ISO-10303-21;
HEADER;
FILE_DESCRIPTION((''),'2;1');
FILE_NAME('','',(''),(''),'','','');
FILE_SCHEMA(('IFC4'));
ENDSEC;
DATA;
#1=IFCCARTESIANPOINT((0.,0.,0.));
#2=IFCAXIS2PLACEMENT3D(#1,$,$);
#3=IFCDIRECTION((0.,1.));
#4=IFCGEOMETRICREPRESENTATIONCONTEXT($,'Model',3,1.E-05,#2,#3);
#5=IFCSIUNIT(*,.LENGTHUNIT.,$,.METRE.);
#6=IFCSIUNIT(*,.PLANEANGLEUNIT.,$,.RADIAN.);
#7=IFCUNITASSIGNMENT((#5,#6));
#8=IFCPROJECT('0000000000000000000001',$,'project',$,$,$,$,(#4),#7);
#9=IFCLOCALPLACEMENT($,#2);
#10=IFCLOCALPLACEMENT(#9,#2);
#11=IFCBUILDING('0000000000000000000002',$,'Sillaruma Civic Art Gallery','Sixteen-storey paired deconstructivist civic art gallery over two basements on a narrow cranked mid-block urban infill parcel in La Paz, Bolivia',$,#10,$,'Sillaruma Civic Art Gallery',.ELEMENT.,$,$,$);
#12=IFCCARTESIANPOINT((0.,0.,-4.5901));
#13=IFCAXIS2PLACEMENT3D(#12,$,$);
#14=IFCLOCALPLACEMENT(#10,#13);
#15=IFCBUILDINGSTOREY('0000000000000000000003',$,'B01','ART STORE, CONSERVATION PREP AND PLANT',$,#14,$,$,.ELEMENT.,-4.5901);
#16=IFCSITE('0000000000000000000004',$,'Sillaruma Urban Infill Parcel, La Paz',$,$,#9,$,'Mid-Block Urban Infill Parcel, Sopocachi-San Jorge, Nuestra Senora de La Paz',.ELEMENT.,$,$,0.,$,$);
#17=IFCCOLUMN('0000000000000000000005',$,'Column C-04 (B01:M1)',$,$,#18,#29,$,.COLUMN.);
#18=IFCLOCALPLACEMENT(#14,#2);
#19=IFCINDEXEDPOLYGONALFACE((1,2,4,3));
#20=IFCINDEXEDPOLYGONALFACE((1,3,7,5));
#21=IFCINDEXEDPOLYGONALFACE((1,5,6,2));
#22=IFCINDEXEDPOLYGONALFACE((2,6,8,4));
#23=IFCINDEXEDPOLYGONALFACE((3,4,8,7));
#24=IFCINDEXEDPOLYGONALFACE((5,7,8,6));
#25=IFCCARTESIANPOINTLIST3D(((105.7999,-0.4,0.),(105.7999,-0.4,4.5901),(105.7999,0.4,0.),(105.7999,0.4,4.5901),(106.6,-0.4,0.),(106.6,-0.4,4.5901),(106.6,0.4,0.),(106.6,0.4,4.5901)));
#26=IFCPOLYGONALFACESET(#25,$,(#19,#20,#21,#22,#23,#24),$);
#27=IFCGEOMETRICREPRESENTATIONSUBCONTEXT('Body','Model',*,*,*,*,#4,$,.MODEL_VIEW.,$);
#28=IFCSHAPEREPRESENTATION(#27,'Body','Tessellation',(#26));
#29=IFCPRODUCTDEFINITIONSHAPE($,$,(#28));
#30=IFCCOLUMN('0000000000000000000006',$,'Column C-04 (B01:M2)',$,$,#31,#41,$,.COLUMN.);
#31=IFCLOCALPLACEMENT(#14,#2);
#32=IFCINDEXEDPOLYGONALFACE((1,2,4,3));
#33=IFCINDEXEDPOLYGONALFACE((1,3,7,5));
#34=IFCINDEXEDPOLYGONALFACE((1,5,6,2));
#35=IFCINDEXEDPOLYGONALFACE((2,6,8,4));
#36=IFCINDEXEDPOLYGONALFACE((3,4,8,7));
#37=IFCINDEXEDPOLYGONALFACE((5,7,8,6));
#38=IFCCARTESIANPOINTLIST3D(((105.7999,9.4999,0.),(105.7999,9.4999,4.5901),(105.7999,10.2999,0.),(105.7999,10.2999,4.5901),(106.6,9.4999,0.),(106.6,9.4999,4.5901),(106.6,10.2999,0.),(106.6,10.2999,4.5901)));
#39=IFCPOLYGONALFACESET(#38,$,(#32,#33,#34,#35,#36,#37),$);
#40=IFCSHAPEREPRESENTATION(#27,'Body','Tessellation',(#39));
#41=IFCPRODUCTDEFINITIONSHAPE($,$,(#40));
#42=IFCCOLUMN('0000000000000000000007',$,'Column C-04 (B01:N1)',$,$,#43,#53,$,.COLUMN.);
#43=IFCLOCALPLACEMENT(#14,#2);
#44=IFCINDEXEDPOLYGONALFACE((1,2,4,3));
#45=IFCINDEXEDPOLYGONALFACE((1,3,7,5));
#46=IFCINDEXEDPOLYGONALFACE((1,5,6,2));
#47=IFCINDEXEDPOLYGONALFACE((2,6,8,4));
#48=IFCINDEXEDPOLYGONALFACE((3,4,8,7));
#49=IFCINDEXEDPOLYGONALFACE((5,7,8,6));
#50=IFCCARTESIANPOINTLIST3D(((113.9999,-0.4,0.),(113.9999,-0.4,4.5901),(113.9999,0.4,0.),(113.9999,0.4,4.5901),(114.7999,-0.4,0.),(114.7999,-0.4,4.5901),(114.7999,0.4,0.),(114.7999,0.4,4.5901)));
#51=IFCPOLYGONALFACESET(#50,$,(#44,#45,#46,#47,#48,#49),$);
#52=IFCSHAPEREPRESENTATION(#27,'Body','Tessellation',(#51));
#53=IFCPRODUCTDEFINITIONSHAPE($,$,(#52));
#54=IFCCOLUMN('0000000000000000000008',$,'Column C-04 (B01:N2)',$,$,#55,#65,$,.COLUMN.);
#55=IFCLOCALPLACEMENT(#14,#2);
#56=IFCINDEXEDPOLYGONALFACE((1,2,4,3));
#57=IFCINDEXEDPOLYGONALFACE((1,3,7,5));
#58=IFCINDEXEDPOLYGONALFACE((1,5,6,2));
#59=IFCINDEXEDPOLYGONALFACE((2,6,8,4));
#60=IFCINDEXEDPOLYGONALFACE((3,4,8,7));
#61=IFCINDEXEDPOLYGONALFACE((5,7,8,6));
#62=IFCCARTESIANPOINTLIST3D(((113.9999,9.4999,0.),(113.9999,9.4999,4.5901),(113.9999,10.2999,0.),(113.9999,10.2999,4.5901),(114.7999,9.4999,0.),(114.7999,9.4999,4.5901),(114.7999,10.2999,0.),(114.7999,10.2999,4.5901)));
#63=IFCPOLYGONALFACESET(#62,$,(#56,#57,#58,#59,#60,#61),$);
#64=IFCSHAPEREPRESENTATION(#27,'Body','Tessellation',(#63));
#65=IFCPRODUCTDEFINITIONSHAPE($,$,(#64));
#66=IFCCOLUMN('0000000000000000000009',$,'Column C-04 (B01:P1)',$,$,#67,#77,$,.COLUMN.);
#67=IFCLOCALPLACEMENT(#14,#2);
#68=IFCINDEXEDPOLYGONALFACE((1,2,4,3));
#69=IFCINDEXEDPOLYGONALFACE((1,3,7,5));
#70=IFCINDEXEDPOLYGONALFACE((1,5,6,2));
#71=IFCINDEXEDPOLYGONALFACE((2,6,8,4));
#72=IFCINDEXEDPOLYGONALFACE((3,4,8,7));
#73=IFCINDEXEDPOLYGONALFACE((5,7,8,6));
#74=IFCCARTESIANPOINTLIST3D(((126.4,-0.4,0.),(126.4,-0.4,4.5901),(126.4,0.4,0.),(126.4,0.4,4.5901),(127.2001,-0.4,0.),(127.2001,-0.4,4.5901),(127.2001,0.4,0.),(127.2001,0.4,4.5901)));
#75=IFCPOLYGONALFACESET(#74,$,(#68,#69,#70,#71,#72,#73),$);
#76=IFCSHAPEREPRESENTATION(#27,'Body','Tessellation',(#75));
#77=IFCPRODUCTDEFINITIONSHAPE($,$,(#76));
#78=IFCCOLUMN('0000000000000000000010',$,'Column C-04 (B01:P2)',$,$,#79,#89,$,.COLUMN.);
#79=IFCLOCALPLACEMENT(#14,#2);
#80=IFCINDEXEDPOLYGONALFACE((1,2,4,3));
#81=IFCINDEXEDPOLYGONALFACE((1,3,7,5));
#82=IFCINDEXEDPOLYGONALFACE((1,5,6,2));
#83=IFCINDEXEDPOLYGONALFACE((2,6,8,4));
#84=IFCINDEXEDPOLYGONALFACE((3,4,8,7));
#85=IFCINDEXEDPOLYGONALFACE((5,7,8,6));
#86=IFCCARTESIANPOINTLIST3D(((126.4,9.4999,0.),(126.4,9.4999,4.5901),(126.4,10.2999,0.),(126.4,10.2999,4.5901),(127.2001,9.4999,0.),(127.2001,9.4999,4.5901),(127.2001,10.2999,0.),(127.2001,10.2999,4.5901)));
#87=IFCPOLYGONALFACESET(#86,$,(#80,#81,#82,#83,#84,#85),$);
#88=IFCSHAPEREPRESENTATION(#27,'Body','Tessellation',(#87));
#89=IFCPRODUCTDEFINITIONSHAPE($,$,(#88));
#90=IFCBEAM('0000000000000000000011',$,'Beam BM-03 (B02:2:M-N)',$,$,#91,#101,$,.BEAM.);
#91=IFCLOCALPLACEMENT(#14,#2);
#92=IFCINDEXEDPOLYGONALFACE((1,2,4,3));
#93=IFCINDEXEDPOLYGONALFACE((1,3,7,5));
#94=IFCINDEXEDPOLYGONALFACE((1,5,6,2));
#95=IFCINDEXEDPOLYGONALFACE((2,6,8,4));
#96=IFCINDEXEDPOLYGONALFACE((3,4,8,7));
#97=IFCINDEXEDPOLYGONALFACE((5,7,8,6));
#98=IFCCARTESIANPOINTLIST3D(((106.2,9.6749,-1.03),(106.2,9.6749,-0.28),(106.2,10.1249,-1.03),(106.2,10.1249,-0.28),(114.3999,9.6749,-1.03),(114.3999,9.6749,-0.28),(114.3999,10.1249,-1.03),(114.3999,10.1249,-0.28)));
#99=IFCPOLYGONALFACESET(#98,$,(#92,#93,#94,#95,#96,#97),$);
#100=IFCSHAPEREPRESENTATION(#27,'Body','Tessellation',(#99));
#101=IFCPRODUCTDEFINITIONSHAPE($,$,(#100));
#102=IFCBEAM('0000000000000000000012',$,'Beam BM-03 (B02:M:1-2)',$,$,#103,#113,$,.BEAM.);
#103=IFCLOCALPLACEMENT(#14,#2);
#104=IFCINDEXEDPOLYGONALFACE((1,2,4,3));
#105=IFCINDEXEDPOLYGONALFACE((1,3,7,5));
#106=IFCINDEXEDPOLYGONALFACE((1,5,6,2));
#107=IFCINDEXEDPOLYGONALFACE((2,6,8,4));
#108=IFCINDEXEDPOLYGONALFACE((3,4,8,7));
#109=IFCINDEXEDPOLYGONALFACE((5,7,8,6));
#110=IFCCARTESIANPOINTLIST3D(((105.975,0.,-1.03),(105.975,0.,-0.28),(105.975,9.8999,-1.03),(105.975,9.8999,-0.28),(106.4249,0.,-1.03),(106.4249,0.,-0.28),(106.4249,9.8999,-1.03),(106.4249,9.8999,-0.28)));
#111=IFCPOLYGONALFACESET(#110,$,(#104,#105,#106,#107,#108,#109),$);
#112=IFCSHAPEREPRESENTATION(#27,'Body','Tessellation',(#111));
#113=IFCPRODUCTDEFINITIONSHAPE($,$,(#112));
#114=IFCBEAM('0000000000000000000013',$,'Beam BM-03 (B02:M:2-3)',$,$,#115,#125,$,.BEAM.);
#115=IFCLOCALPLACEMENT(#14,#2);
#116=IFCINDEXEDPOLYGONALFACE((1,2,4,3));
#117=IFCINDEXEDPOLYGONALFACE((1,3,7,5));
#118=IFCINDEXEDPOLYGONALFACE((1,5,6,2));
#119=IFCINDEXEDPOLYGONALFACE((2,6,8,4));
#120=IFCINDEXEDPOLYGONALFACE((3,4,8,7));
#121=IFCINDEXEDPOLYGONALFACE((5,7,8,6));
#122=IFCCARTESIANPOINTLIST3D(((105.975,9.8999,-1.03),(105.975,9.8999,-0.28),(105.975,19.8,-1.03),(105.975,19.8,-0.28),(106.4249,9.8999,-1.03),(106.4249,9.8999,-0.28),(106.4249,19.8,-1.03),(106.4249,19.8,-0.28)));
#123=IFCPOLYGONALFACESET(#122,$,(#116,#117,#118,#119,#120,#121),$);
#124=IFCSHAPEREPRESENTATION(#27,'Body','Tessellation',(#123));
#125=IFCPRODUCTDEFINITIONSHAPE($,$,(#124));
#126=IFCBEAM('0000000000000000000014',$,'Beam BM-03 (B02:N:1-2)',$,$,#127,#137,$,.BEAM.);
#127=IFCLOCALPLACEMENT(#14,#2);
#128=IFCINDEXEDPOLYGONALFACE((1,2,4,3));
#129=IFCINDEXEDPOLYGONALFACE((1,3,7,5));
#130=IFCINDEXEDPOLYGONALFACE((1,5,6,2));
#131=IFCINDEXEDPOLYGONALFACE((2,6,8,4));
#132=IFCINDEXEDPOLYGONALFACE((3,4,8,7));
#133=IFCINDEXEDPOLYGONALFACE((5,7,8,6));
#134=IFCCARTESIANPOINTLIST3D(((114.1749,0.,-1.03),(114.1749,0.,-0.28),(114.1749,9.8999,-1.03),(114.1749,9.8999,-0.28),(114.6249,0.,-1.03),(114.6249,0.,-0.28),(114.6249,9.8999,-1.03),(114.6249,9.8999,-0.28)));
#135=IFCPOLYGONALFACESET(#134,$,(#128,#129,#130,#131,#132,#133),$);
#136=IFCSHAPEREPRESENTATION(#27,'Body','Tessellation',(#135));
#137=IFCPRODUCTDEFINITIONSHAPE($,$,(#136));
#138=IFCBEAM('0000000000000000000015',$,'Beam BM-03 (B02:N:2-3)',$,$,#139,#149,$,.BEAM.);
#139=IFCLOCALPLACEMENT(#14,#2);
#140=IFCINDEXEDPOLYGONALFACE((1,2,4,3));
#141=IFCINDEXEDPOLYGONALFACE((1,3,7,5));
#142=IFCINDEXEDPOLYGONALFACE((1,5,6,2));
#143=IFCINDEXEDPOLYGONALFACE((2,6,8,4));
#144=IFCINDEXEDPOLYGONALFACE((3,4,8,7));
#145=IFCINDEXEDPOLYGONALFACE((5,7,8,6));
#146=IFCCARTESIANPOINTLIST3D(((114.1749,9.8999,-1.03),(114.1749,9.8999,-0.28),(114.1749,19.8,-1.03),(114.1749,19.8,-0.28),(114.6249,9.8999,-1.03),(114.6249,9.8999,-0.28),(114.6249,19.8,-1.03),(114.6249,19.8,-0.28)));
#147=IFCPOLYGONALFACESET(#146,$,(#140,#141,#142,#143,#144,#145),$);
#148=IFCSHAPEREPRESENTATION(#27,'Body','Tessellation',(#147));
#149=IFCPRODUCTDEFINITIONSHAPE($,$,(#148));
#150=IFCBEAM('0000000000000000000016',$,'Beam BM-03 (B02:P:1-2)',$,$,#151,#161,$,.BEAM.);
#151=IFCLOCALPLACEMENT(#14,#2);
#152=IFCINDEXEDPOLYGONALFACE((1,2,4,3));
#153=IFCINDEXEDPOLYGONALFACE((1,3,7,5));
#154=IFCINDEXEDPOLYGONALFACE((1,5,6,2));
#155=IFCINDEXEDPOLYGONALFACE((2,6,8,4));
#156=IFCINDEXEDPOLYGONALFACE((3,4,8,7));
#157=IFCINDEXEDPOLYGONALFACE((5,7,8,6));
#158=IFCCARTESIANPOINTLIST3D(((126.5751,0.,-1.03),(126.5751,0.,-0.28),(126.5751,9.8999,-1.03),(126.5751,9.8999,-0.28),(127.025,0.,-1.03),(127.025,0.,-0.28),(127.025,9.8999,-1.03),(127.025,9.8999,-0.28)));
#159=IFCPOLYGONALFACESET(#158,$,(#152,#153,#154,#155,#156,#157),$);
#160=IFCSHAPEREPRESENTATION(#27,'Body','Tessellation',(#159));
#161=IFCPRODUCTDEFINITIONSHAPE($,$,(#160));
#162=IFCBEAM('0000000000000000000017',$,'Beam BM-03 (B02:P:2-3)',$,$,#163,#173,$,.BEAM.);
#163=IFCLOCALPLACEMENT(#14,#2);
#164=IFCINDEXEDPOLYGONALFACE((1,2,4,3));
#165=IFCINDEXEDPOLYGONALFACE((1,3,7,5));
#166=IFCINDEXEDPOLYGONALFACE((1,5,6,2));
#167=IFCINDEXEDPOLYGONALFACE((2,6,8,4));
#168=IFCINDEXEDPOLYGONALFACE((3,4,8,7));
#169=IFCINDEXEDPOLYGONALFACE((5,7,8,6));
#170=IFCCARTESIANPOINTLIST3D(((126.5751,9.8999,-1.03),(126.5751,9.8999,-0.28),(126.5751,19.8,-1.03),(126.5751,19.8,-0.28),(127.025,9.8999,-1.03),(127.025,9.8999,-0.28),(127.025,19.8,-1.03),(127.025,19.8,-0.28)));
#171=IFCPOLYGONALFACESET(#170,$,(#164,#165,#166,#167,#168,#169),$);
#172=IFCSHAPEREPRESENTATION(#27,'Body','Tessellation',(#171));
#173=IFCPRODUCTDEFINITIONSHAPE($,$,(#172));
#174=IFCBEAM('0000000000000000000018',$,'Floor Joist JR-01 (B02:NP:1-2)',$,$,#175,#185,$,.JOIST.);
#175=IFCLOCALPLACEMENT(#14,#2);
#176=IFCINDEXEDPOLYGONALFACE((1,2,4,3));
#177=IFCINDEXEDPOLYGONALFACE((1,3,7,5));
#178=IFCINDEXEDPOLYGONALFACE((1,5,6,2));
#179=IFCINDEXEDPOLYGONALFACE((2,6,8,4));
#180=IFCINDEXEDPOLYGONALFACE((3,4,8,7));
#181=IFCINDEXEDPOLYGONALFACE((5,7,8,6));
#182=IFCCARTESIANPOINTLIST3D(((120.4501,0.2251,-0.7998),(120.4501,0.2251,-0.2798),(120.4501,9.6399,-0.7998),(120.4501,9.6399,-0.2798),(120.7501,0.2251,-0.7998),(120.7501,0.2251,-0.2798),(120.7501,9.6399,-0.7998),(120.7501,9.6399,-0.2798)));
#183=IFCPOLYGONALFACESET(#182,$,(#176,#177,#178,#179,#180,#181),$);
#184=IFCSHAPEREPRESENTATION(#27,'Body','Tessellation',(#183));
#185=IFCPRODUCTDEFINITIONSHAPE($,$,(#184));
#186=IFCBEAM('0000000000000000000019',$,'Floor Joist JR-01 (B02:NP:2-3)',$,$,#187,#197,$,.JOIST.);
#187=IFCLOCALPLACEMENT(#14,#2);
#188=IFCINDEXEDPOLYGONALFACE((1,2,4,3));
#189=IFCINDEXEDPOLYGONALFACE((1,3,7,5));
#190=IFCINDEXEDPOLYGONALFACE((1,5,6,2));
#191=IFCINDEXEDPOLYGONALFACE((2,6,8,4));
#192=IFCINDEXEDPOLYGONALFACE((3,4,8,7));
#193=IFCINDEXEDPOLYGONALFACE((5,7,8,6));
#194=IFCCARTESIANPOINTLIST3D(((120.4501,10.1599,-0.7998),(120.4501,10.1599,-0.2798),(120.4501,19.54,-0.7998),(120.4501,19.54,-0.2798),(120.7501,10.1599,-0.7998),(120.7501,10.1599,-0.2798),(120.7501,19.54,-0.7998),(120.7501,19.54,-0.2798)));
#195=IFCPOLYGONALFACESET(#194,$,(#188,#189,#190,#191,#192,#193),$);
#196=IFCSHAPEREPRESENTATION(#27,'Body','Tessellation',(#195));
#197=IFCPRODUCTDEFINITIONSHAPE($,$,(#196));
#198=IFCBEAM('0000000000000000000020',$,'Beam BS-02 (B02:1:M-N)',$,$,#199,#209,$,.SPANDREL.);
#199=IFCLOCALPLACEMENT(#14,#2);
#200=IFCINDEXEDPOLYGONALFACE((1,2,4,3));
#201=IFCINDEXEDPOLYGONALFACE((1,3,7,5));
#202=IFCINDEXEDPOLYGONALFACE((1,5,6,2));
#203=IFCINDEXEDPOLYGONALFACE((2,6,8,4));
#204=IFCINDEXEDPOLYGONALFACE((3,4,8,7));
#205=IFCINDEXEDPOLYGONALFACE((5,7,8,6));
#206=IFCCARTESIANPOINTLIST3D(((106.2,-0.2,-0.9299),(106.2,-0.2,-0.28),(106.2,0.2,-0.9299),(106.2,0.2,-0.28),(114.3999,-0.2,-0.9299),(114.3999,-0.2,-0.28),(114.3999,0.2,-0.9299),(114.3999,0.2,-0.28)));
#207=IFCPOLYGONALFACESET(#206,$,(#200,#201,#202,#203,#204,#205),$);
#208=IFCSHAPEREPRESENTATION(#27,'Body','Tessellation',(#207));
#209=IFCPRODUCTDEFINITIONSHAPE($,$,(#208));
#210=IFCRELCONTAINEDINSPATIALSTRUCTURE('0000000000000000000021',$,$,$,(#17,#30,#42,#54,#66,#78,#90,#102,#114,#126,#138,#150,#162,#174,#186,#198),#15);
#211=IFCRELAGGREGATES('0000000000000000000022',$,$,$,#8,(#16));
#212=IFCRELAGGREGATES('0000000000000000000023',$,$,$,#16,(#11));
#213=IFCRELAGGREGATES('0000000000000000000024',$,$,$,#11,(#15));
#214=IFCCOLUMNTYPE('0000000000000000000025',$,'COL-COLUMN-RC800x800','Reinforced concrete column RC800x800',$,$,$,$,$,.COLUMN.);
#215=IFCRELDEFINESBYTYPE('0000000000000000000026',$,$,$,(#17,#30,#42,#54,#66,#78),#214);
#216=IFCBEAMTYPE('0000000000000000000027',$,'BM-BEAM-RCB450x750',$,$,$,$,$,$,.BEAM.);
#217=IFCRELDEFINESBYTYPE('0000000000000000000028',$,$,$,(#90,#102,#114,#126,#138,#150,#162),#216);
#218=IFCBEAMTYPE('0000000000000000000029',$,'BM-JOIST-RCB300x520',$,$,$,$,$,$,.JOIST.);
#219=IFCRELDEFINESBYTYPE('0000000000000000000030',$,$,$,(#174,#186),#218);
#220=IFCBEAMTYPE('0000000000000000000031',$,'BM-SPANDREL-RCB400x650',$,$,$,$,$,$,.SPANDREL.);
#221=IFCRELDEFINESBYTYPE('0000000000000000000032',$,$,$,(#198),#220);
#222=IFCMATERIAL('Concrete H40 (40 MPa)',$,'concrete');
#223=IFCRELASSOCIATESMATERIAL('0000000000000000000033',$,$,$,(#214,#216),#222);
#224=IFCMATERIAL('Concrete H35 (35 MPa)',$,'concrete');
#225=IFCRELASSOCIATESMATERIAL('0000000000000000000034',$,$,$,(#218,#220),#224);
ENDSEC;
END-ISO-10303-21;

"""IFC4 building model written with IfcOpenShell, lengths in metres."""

from ifc_helpers import new_model, si_unit, direction, frame, origin, origin_2d, place, context, subcontext, project, spatial, rectangle, extrude, material, material_profile, profile_set, type_object, element, save


model = new_model("IFC4")

# Units and contexts
model_context = context("Model", 3, precision=1e-05, world=origin(), true_north=direction((0.0, 1.0)))
body_context = subcontext(model_context, "Body", "Model", "MODEL_VIEW")
ifc_project = project(units=[si_unit("LENGTHUNIT", "METRE"), si_unit("PLANEANGLEUNIT", "RADIAN")], contexts=[model_context])

# Site, building, storey
site_placement = place(None, origin())
site = spatial("IfcSite", under=ifc_project, at=site_placement, Name="Sillaruma Urban Infill Parcel, La Paz", LongName="Mid-Block Urban Infill Parcel, Sopocachi-San Jorge, Nuestra Senora de La Paz", CompositionType="ELEMENT", RefElevation=0.0)
building_placement = place(site_placement, origin())
building = spatial("IfcBuilding", under=site, at=building_placement, Name="Sillaruma Civic Art Gallery", Description="Sixteen-storey paired deconstructivist civic art gallery over two basements on a narrow cranked mid-block urban infill parcel in La Paz, Bolivia", LongName="Sillaruma Civic Art Gallery", CompositionType="ELEMENT")
storey_placement = place(building_placement, frame((0.0, 0.0, -4.5901)))
storey = spatial("IfcBuildingStorey", under=building, at=storey_placement, Name="B01", Description="ART STORE, CONSERVATION PREP AND PLANT", CompositionType="ELEMENT", Elevation=-4.5901)

# Columns
ifc_material_1 = material(Name="Concrete H40 (40 MPa)", Category="concrete")
ifc_material_profile_1 = material_profile(ifc_material_1, rectangle(XDim=0.8, YDim=0.8, at=origin_2d()), Name="RC800x800")
ifc_profile_set_1 = profile_set([ifc_material_profile_1], Name="Concrete H40 (40 MPa)")
column_type = type_object("IfcColumnType", Name="COL-COLUMN-RC800x800", Description="Reinforced concrete column RC800x800", PredefinedType="COLUMN", material=ifc_profile_set_1)
for number, where, z_axis, x_axis, name in (
    (1, (106.2, 0.0, 0.0), (0.0, 0.0, 1.0), (1.0, 0.0, 0.0), "Column C-04 (B01:M1)"),
    (2, (106.2, 9.8999, 0.0), (0.0, 0.0, 1.0), (1.0, 0.0, 0.0), "Column C-04 (B01:M2)"),
    (3, (114.3999, 0.0, 0.0), (0.0, 0.0, 1.0), (1.0, 0.0, 0.0), "Column C-04 (B01:N1)"),
    (4, (114.3999, 9.8999, 0.0), (0.0, 0.0, 1.0), (1.0, 0.0, 0.0), "Column C-04 (B01:N2)"),
    (5, (126.8, 0.0, 0.0), (0.0, 0.0, 1.0), (1.0, 0.0, 0.0), "Column C-04 (B01:P1)"),
    (6, (126.8, 9.8999, 0.0), (0.0, 0.0, 1.0), (1.0, 0.0, 0.0), "Column C-04 (B01:P2)"),
):
    element("IfcColumn", number, at=place(storey_placement, frame(where, z_axis=z_axis, x_axis=x_axis)), inside=storey, type_object=column_type, Name=name, PredefinedType="COLUMN", context=body_context, shape_type="SweptSolid", body=[
        extrude(rectangle(XDim=0.8, YDim=0.8, at=origin_2d()), origin(), (0.0, 0.0, 1.0), 4.5901),
    ])

# Beams
ifc_material_profile_2 = material_profile(ifc_material_1, rectangle(XDim=0.45, YDim=0.75, at=origin_2d()), Name="RCB450x750")
ifc_profile_set_2 = profile_set([ifc_material_profile_2], Name="Concrete H40 (40 MPa)")
beam_type_1 = type_object("IfcBeamType", Name="BM-BEAM-RCB450x750", PredefinedType="BEAM", material=ifc_profile_set_2)
beam_1_placement = place(storey_placement, frame((106.2, 9.8999, -0.655), z_axis=(1.0, 0.0, 0.0), x_axis=(0.0, 1.0, 0.0)))
element("IfcBeam", 7, at=beam_1_placement, inside=storey, type_object=beam_type_1, Name="Beam BM-03 (B02:2:M-N)", PredefinedType="BEAM", context=body_context, shape_type="SweptSolid", body=[
    extrude(rectangle(XDim=0.45, YDim=0.75, at=origin_2d()), origin(), (0.0, 0.0, 1.0), 8.2),
])
beam_2_placement = place(storey_placement, frame((106.2, 0.0, -0.655), z_axis=(0.0, 1.0, 0.0), x_axis=(-1.0, 0.0, 0.0)))
element("IfcBeam", 8, at=beam_2_placement, inside=storey, type_object=beam_type_1, Name="Beam BM-03 (B02:M:1-2)", PredefinedType="BEAM", context=body_context, shape_type="SweptSolid", body=[
    extrude(rectangle(XDim=0.45, YDim=0.75, at=origin_2d()), origin(), (0.0, 0.0, 1.0), 9.8999),
])
beam_3_placement = place(storey_placement, frame((106.2, 9.8999, -0.655), z_axis=(0.0, 1.0, 0.0), x_axis=(-1.0, 0.0, 0.0)))
element("IfcBeam", 9, at=beam_3_placement, inside=storey, type_object=beam_type_1, Name="Beam BM-03 (B02:M:2-3)", PredefinedType="BEAM", context=body_context, shape_type="SweptSolid", body=[
    extrude(rectangle(XDim=0.45, YDim=0.75, at=origin_2d()), origin(), (0.0, 0.0, 1.0), 9.9001),
])
beam_4_placement = place(storey_placement, frame((114.3999, 0.0, -0.655), z_axis=(0.0, 1.0, 0.0), x_axis=(-1.0, 0.0, 0.0)))
element("IfcBeam", 10, at=beam_4_placement, inside=storey, type_object=beam_type_1, Name="Beam BM-03 (B02:N:1-2)", PredefinedType="BEAM", context=body_context, shape_type="SweptSolid", body=[
    extrude(rectangle(XDim=0.45, YDim=0.75, at=origin_2d()), origin(), (0.0, 0.0, 1.0), 9.8999),
])
beam_5_placement = place(storey_placement, frame((114.3999, 9.8999, -0.655), z_axis=(0.0, 1.0, 0.0), x_axis=(-1.0, 0.0, 0.0)))
element("IfcBeam", 11, at=beam_5_placement, inside=storey, type_object=beam_type_1, Name="Beam BM-03 (B02:N:2-3)", PredefinedType="BEAM", context=body_context, shape_type="SweptSolid", body=[
    extrude(rectangle(XDim=0.45, YDim=0.75, at=origin_2d()), origin(), (0.0, 0.0, 1.0), 9.9001),
])
beam_6_placement = place(storey_placement, frame((126.8, 0.0, -0.655), z_axis=(0.0, 1.0, 0.0), x_axis=(-1.0, 0.0, 0.0)))
element("IfcBeam", 12, at=beam_6_placement, inside=storey, type_object=beam_type_1, Name="Beam BM-03 (B02:P:1-2)", PredefinedType="BEAM", context=body_context, shape_type="SweptSolid", body=[
    extrude(rectangle(XDim=0.45, YDim=0.75, at=origin_2d()), origin(), (0.0, 0.0, 1.0), 9.8999),
])
beam_7_placement = place(storey_placement, frame((126.8, 9.8999, -0.655), z_axis=(0.0, 1.0, 0.0), x_axis=(-1.0, 0.0, 0.0)))
element("IfcBeam", 13, at=beam_7_placement, inside=storey, type_object=beam_type_1, Name="Beam BM-03 (B02:P:2-3)", PredefinedType="BEAM", context=body_context, shape_type="SweptSolid", body=[
    extrude(rectangle(XDim=0.45, YDim=0.75, at=origin_2d()), origin(), (0.0, 0.0, 1.0), 9.9001),
])
ifc_material_2 = material(Name="Concrete H35 (35 MPa)", Category="concrete")
ifc_material_profile_3 = material_profile(ifc_material_2, rectangle(XDim=0.3, YDim=0.52, at=origin_2d()), Name="RCB300x520")
ifc_profile_set_3 = profile_set([ifc_material_profile_3], Name="Concrete H35 (35 MPa)")
beam_type_2 = type_object("IfcBeamType", Name="BM-JOIST-RCB300x520", PredefinedType="JOIST", material=ifc_profile_set_3)
beam_8_placement = place(storey_placement, frame((120.6001, 0.2251, -0.5398), z_axis=(0.0, 1.0, 0.0), x_axis=(-1.0, 0.0, 0.0)))
element("IfcBeam", 14, at=beam_8_placement, inside=storey, type_object=beam_type_2, Name="Floor Joist JR-01 (B02:NP:1-2)", PredefinedType="JOIST", context=body_context, shape_type="SweptSolid", body=[
    extrude(rectangle(XDim=0.3, YDim=0.52, at=origin_2d()), origin(), (0.0, 0.0, 1.0), 9.4148),
])
beam_9_placement = place(storey_placement, frame((120.6001, 10.1599, -0.5398), z_axis=(0.0, 1.0, 0.0), x_axis=(-1.0, 0.0, 0.0)))
element("IfcBeam", 15, at=beam_9_placement, inside=storey, type_object=beam_type_2, Name="Floor Joist JR-01 (B02:NP:2-3)", PredefinedType="JOIST", context=body_context, shape_type="SweptSolid", body=[
    extrude(rectangle(XDim=0.3, YDim=0.52, at=origin_2d()), origin(), (0.0, 0.0, 1.0), 9.3801),
])
ifc_material_profile_4 = material_profile(ifc_material_2, rectangle(XDim=0.3999, YDim=0.6499, at=origin_2d()), Name="RCB400x650")
ifc_profile_set_4 = profile_set([ifc_material_profile_4], Name="Concrete H35 (35 MPa)")
beam_type_3 = type_object("IfcBeamType", Name="BM-SPANDREL-RCB400x650", PredefinedType="SPANDREL", material=ifc_profile_set_4)
beam_10_placement = place(storey_placement, frame((106.2, 0.0, -0.605), z_axis=(1.0, 0.0, 0.0), x_axis=(0.0, 1.0, 0.0)))
element("IfcBeam", 16, at=beam_10_placement, inside=storey, type_object=beam_type_3, Name="Beam BS-02 (B02:1:M-N)", PredefinedType="SPANDREL", context=body_context, shape_type="SweptSolid", body=[
    extrude(rectangle(XDim=0.3999, YDim=0.6499, at=origin_2d()), origin(), (0.0, 0.0, 1.0), 8.2),
])

save(model, "model.ifc")
